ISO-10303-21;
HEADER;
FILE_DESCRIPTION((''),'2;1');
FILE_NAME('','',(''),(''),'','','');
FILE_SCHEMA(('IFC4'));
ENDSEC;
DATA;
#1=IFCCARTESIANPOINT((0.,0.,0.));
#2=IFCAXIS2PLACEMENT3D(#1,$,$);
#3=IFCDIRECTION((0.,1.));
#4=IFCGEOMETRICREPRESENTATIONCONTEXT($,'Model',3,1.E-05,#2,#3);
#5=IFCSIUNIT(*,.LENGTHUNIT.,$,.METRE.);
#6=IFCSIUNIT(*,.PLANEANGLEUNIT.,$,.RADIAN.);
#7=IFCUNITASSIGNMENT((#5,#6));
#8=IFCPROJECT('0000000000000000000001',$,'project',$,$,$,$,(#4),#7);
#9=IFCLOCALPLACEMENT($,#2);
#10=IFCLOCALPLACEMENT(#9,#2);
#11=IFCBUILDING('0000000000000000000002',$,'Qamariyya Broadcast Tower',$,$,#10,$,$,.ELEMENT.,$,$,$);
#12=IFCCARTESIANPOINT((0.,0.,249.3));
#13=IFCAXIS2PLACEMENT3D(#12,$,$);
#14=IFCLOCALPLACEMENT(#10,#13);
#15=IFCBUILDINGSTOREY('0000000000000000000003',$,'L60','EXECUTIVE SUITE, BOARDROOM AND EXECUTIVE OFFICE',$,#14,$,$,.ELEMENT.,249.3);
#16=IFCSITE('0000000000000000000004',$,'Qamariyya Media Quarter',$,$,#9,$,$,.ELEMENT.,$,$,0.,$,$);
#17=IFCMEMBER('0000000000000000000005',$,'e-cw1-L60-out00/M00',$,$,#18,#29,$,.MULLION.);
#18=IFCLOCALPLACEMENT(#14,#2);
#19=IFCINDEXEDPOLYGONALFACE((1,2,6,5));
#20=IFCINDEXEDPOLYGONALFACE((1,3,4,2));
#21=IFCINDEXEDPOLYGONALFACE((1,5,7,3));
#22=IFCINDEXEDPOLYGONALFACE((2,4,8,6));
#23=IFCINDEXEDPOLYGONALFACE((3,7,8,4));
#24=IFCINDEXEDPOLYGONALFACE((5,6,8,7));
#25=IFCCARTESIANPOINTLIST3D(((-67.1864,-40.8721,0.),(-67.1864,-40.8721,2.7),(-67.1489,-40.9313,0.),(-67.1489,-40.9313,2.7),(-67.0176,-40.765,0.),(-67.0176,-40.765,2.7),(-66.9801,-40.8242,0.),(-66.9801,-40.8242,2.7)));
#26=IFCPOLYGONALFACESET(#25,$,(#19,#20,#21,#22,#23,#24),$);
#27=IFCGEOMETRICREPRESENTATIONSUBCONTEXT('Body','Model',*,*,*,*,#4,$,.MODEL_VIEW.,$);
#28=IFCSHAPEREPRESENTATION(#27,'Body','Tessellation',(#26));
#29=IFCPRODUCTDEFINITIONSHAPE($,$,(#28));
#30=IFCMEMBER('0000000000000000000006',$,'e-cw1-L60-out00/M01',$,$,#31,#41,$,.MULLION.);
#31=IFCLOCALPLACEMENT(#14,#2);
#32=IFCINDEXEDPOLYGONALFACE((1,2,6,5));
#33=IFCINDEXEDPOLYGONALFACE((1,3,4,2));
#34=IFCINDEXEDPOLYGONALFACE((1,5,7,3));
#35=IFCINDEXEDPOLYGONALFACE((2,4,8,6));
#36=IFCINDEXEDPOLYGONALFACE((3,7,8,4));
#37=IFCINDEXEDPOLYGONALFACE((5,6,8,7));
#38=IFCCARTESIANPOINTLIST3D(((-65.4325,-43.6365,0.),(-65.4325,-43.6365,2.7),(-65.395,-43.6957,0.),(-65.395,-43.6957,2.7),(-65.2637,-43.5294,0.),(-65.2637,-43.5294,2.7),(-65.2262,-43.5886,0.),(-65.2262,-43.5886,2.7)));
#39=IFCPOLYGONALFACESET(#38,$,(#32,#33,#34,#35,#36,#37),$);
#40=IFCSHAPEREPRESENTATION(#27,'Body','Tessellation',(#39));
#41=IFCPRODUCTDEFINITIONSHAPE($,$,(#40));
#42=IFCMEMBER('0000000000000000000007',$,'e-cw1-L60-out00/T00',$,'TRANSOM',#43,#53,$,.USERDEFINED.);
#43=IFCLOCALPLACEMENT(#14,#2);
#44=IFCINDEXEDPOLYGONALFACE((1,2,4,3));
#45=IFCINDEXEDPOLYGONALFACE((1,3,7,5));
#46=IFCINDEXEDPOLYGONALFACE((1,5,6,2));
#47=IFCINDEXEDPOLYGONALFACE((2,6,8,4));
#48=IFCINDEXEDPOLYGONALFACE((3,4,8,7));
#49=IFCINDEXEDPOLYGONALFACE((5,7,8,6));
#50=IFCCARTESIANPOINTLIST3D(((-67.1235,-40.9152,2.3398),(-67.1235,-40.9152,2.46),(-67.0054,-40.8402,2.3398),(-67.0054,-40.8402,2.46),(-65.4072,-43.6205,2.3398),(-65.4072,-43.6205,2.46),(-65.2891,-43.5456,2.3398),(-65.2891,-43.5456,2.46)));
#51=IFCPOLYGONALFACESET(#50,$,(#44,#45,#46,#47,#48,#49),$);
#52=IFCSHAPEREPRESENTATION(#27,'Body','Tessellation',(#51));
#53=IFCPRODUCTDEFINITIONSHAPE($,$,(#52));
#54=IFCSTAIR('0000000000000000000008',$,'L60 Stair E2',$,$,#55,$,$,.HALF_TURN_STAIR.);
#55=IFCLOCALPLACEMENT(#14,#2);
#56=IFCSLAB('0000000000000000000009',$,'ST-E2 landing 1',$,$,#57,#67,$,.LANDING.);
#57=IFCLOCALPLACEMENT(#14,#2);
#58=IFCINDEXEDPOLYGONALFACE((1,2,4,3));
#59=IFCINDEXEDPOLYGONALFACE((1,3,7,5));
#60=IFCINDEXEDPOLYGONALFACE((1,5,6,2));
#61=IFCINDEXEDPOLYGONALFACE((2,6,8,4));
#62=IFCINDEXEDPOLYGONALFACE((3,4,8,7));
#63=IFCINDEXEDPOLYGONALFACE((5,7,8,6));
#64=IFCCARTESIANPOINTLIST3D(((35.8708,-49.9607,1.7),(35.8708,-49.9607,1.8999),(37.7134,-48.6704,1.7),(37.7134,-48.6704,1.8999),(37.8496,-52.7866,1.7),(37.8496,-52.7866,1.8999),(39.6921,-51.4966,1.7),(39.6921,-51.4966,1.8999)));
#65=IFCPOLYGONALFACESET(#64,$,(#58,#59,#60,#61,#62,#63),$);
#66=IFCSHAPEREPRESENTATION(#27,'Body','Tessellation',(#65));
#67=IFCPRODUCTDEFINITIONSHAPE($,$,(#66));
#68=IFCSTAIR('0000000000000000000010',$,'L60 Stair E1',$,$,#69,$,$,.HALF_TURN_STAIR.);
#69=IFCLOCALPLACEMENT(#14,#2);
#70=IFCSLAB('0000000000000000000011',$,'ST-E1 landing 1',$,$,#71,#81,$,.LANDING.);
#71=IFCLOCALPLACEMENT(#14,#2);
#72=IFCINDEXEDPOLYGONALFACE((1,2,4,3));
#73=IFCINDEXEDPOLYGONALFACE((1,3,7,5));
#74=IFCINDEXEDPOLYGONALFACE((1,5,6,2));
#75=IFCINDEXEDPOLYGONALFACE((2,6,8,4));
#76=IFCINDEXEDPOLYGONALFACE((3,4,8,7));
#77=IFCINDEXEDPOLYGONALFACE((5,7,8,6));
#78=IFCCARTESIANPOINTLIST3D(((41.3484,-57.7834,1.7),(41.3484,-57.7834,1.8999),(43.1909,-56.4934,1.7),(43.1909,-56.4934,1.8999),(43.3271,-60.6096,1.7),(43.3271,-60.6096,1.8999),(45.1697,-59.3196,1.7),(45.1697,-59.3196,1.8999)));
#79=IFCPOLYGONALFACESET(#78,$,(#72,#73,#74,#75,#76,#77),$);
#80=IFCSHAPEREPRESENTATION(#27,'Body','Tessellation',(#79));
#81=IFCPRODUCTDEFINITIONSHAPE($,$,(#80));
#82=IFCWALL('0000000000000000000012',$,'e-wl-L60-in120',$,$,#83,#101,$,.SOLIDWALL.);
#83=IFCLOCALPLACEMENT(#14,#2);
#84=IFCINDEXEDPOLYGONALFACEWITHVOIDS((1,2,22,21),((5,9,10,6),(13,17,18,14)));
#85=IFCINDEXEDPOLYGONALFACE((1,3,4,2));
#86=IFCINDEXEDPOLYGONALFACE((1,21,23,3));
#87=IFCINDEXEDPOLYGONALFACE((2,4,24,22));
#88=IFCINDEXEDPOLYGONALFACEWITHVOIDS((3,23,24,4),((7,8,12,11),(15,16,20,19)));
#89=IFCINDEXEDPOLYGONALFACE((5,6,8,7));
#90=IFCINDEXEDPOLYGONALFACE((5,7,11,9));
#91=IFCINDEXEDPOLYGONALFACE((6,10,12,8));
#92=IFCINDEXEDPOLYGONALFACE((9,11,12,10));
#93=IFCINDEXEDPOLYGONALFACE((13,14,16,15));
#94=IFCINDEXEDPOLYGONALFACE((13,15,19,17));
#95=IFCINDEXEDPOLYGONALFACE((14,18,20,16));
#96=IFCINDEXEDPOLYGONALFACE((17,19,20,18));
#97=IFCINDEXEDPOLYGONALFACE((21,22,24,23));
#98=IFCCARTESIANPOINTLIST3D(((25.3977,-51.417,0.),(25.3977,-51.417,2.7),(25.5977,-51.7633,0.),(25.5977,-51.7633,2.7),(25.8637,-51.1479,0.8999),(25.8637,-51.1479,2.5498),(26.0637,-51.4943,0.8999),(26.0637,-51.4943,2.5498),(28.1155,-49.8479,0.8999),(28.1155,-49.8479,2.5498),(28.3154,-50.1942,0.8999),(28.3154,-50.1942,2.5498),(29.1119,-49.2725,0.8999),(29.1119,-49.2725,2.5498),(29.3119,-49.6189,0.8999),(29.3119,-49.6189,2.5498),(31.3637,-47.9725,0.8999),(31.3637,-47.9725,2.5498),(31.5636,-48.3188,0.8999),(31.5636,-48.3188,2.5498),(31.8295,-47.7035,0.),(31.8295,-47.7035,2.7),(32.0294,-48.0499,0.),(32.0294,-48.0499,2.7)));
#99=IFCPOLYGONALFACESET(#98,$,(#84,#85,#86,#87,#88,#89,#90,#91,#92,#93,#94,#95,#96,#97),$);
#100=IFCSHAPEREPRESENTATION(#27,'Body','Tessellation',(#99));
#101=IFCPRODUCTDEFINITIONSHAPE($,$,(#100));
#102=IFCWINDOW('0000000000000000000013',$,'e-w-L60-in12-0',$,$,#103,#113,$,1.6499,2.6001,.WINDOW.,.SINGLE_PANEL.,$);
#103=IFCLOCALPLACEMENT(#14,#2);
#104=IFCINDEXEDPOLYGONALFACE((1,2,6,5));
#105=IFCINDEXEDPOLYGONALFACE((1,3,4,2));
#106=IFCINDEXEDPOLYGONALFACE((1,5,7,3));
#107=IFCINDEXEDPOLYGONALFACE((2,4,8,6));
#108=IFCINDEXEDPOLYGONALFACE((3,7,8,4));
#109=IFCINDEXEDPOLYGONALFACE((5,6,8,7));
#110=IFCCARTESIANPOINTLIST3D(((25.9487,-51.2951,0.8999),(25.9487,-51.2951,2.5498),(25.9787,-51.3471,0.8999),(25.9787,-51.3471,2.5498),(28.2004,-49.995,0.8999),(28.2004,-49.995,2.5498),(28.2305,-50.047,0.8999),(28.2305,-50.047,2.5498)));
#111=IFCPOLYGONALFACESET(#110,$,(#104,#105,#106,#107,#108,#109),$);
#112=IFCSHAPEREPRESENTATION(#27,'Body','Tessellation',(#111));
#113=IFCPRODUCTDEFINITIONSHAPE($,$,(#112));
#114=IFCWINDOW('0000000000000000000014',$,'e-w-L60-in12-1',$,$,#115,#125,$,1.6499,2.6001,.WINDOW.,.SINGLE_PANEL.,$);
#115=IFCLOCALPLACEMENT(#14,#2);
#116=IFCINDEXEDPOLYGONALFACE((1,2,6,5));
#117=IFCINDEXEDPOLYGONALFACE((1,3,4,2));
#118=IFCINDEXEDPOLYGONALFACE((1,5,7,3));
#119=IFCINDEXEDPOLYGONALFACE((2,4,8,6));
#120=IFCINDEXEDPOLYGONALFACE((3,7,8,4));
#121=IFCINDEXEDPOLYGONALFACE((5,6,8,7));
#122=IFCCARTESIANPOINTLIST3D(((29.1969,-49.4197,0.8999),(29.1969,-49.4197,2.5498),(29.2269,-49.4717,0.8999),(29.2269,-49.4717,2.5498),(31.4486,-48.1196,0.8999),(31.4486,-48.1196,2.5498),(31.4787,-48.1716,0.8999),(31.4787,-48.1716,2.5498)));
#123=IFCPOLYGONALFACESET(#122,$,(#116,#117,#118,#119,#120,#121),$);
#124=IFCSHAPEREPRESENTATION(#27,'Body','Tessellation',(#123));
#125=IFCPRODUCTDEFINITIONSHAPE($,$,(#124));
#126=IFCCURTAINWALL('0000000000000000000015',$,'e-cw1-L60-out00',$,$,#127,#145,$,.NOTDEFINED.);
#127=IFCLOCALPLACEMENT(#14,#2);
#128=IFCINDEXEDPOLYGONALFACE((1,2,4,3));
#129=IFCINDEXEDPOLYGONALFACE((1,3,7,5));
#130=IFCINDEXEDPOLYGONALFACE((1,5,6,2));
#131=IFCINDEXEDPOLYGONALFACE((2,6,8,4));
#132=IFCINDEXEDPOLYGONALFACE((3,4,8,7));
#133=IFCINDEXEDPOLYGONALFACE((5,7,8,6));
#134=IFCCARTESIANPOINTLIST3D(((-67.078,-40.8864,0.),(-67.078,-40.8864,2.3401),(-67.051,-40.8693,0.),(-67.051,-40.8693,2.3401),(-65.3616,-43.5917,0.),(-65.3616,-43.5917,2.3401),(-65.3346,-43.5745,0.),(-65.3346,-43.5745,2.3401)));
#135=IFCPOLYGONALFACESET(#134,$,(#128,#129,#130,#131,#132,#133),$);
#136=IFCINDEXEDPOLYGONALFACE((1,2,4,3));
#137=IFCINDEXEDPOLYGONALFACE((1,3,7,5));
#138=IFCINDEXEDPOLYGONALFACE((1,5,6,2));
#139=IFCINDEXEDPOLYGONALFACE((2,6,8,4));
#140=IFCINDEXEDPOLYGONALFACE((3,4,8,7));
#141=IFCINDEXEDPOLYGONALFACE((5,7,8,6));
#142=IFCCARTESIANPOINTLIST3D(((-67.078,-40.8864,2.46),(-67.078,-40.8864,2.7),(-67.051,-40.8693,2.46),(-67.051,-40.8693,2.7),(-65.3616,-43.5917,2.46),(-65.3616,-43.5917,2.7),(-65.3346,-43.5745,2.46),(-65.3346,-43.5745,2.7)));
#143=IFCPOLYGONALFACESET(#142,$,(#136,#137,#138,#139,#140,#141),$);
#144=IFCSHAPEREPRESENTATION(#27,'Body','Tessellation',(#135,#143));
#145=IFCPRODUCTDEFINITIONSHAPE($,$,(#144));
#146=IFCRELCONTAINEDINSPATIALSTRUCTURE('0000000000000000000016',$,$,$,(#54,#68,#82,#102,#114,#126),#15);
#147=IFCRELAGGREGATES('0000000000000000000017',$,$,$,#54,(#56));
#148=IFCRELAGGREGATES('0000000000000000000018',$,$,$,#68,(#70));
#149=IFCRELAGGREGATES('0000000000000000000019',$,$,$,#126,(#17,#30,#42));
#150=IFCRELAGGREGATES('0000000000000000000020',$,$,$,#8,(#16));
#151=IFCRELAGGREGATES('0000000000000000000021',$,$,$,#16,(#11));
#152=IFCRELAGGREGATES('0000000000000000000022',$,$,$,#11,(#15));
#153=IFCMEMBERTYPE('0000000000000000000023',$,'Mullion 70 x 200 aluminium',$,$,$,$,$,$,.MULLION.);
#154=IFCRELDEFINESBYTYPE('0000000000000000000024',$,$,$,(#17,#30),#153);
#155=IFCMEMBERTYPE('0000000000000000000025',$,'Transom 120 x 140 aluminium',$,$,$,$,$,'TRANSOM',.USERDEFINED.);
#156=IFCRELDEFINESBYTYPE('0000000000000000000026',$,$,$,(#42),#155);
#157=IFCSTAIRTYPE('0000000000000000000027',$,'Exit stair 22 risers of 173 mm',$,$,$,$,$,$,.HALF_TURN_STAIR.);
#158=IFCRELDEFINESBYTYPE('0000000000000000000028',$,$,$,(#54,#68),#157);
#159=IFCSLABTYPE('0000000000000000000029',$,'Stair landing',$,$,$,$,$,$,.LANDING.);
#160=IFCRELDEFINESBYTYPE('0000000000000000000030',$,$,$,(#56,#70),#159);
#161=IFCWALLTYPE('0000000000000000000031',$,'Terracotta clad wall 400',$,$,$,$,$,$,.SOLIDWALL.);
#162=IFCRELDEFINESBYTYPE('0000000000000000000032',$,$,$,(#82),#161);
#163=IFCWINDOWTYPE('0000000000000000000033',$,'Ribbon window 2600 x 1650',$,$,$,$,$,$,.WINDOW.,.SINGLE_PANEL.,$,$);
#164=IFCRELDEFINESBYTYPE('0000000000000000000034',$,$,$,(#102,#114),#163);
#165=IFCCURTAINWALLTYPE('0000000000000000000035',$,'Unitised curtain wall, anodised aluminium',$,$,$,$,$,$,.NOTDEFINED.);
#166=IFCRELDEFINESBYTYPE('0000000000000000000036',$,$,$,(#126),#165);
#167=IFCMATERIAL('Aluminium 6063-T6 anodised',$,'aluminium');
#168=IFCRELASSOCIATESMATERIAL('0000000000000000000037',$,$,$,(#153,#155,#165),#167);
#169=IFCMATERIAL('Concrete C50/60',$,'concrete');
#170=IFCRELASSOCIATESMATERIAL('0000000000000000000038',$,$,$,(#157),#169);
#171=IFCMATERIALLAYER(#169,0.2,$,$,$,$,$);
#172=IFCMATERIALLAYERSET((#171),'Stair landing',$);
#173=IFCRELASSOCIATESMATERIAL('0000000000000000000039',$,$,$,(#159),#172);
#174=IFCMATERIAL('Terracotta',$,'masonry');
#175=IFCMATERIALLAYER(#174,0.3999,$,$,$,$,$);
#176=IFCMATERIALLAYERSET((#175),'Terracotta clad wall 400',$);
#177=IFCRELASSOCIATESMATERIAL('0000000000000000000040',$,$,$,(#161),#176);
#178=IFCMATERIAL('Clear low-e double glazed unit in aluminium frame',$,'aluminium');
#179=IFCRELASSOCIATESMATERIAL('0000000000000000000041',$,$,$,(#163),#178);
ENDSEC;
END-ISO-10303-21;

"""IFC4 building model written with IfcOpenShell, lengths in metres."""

from ifc_helpers import new_model, si_unit, direction, frame, frame_2d, origin, origin_2d, place, context, subcontext, project, spatial, polyline, rectangle, outline, extrude, material, layer, layer_set, material_profile, profile_set, type_object, element, fill, aggregate, save


model = new_model("IFC4")

# Units and contexts
model_context = context("Model", 3, precision=1e-05, world=origin(), true_north=direction((0.0, 1.0)))
body_context = subcontext(model_context, "Body", "Model", "MODEL_VIEW")
ifc_project = project(units=[si_unit("LENGTHUNIT", "METRE"), si_unit("PLANEANGLEUNIT", "RADIAN")], contexts=[model_context])

# Members
ifc_material_1 = material(Name="Aluminium 6063-T6 anodised", Category="aluminium")
ifc_material_profile_1 = material_profile(ifc_material_1, rectangle(XDim=0.2, YDim=0.0701, at=origin_2d()))
ifc_profile_set_1 = profile_set([ifc_material_profile_1], Name="Aluminium 6063-T6 anodised")
member_type_1 = type_object("IfcMemberType", Name="Mullion 70 x 200 aluminium", PredefinedType="MULLION", material=ifc_profile_set_1)
site_placement = place(None, origin())
building_placement = place(site_placement, origin())
storey_placement = place(building_placement, frame((0.0, 0.0, 249.3)))
member_1_placement = place(storey_placement, frame((-67.0833, -40.8481, 0.0), z_axis=(0.0, 0.0, 1.0), x_axis=(0.844406, 0.535704, 0.0)))
member_1 = element("IfcMember", 1, at=member_1_placement, type_object=member_type_1, Name="e-cw1-L60-out00/M00", PredefinedType="MULLION", context=body_context, shape_type="SweptSolid", body=[
    extrude(rectangle(XDim=0.2, YDim=0.0701, at=origin_2d()), origin(), (0.0, 0.0, 1.0), 2.7),
])
member_2_placement = place(storey_placement, frame((-65.3293, -43.6125, 0.0), z_axis=(0.0, 0.0, 1.0), x_axis=(0.844406, 0.535704, 0.0)))
member_2 = element("IfcMember", 2, at=member_2_placement, type_object=member_type_1, Name="e-cw1-L60-out00/M01", PredefinedType="MULLION", context=body_context, shape_type="SweptSolid", body=[
    extrude(rectangle(XDim=0.2, YDim=0.0701, at=origin_2d()), origin(), (0.0, 0.0, 1.0), 2.7),
])
ifc_material_profile_2 = material_profile(ifc_material_1, rectangle(XDim=0.1399, YDim=0.1201, at=origin_2d()))
ifc_profile_set_2 = profile_set([ifc_material_profile_2], Name="Aluminium 6063-T6 anodised")
member_type_2 = type_object("IfcMemberType", Name="Transom 120 x 140 aluminium", ElementType="TRANSOM", PredefinedType="USERDEFINED", material=ifc_profile_set_2)
member_3_placement = place(storey_placement, frame((-67.0645, -40.8777, 2.3999), z_axis=(0.535706, -0.844404, 0.0), x_axis=(0.844404, 0.535706, 0.0)))
member_3 = element("IfcMember", 3, at=member_3_placement, type_object=member_type_2, Name="e-cw1-L60-out00/T00", ObjectType="TRANSOM", PredefinedType="USERDEFINED", context=body_context, shape_type="SweptSolid", body=[
    extrude(rectangle(XDim=0.1399, YDim=0.1201, at=origin_2d()), origin(), (0.0, 0.0, 1.0), 3.2039),
])

# Site, building, storey
site = spatial("IfcSite", under=ifc_project, at=site_placement, Name="Qamariyya Media Quarter", CompositionType="ELEMENT", RefElevation=0.0)
building = spatial("IfcBuilding", under=site, at=building_placement, Name="Qamariyya Broadcast Tower", CompositionType="ELEMENT")
storey = spatial("IfcBuildingStorey", under=building, at=storey_placement, Name="L60", Description="EXECUTIVE SUITE, BOARDROOM AND EXECUTIVE OFFICE", CompositionType="ELEMENT", Elevation=249.3)

# Stairs, slabs
ifc_material_2 = material(Name="Concrete C50/60", Category="concrete")
stair_type = type_object("IfcStairType", Name="Exit stair 22 risers of 173 mm", PredefinedType="HALF_TURN_STAIR", material=ifc_material_2)
stair_1_placement = place(storey_placement, origin())
stair_1 = element("IfcStair", 4, at=stair_1_placement, inside=storey, type_object=stair_type, Name="L60 Stair E2", PredefinedType="HALF_TURN_STAIR")
ifc_layer_1 = layer(ifc_material_2, 0.2)
ifc_layer_set_1 = layer_set([ifc_layer_1], Name="Stair landing")
slab_type = type_object("IfcSlabType", Name="Stair landing", PredefinedType="LANDING", material=ifc_layer_set_1)
slab_1_placement = place(storey_placement, frame((0.0, 0.0, 1.7)))
slab_1 = element("IfcSlab", 5, at=slab_1_placement, type_object=slab_type, Name="ST-E2 landing 1", PredefinedType="LANDING", context=body_context, shape_type="SweptSolid", body=[
    extrude(outline(polyline([(37.7134, -48.6704), (35.8708, -49.9607), (37.8496, -52.7866), (39.6921, -51.4966), (37.7134, -48.6704)])), origin(), (0.0, 0.0, 1.0), 0.2),
])
aggregate(stair_1, [slab_1])
stair_2_placement = place(storey_placement, origin())
stair_2 = element("IfcStair", 6, at=stair_2_placement, inside=storey, type_object=stair_type, Name="L60 Stair E1", PredefinedType="HALF_TURN_STAIR")
slab_2_placement = place(storey_placement, frame((0.0, 0.0, 1.7)))
slab_2 = element("IfcSlab", 7, at=slab_2_placement, type_object=slab_type, Name="ST-E1 landing 1", PredefinedType="LANDING", context=body_context, shape_type="SweptSolid", body=[
    extrude(outline(polyline([(43.1909, -56.4934), (41.3484, -57.7834), (43.3271, -60.6096), (45.1697, -59.3196), (43.1909, -56.4934)])), origin(), (0.0, 0.0, 1.0), 0.2),
])
aggregate(stair_2, [slab_2])

# Wall, openings, windows
ifc_material_3 = material(Name="Terracotta", Category="masonry")
ifc_layer_2 = layer(ifc_material_3, 0.3999)
ifc_layer_set_2 = layer_set([ifc_layer_2], Name="Terracotta clad wall 400")
wall_type = type_object("IfcWallType", Name="Terracotta clad wall 400", PredefinedType="SOLIDWALL", material=ifc_layer_set_2)
wall_placement = place(storey_placement, frame((31.9294, -47.8767, 0.0), z_axis=(0.0, 0.0, 1.0), x_axis=(-0.866021, -0.500007, 0.0)))
wall = element("IfcWall", 8, at=wall_placement, inside=storey, type_object=wall_type, Name="e-wl-L60-in120", PredefinedType="SOLIDWALL", context=body_context, shape_type="SweptSolid", body=[
    extrude(rectangle(XDim=7.4268, YDim=0.3999, at=frame_2d((3.7134, 0.0))), origin(), (0.0, 0.0, 1.0), 2.7),
])
opening_1_placement = place(wall_placement, frame((4.2886, 0.0, 0.8999)))
opening_1 = element("IfcOpeningElement", 9, at=opening_1_placement, cuts=wall, PredefinedType="OPENING", context=body_context, shape_type="SweptSolid", body=[
    extrude(rectangle(XDim=2.6001, YDim=1.6499, at=frame_2d((1.3, 0.825))), frame((0.0, 0.21, 0.0), z_axis=(0.0, -1.0, 0.0), x_axis=(1.0, 0.0, 0.0)), (0.0, 0.0, 1.0), 0.4199),
])
opening_2_placement = place(wall_placement, frame((0.5378, 0.0, 0.8999)))
opening_2 = element("IfcOpeningElement", 10, at=opening_2_placement, cuts=wall, PredefinedType="OPENING", context=body_context, shape_type="SweptSolid", body=[
    extrude(rectangle(XDim=2.6001, YDim=1.6499, at=frame_2d((1.3, 0.825))), frame((0.0, 0.21, 0.0), z_axis=(0.0, -1.0, 0.0), x_axis=(1.0, 0.0, 0.0)), (0.0, 0.0, 1.0), 0.4199),
])
ifc_material_4 = material(Name="Clear low-e double glazed unit in aluminium frame", Category="aluminium")
window_type = type_object("IfcWindowType", Name="Ribbon window 2600 x 1650", PartitioningType="SINGLE_PANEL", PredefinedType="WINDOW", material=ifc_material_4)
window_1_placement = place(opening_1_placement, origin())
window_1 = element("IfcWindow", 11, at=window_1_placement, inside=storey, type_object=window_type, Name="e-w-L60-in12-0", OverallHeight=1.6499, OverallWidth=2.6001, PartitioningType="SINGLE_PANEL", PredefinedType="WINDOW", context=body_context, shape_type="SweptSolid", body=[
    extrude(rectangle(XDim=2.6001, YDim=1.6499, at=frame_2d((1.3, 0.825))), frame((0.0, 0.03, 0.0), z_axis=(0.0, -1.0, 0.0), x_axis=(1.0, 0.0, 0.0)), (0.0, 0.0, 1.0), 0.0601),
])
fill(opening_1, window_1)
window_2_placement = place(opening_2_placement, origin())
window_2 = element("IfcWindow", 12, at=window_2_placement, inside=storey, type_object=window_type, Name="e-w-L60-in12-1", OverallHeight=1.6499, OverallWidth=2.6001, PartitioningType="SINGLE_PANEL", PredefinedType="WINDOW", context=body_context, shape_type="SweptSolid", body=[
    extrude(rectangle(XDim=2.6001, YDim=1.6499, at=frame_2d((1.3, 0.825))), frame((0.0, 0.03, 0.0), z_axis=(0.0, -1.0, 0.0), x_axis=(1.0, 0.0, 0.0)), (0.0, 0.0, 1.0), 0.0601),
])
fill(opening_2, window_2)

# Curtain wall
curtain_wall_type = type_object("IfcCurtainWallType", Name="Unitised curtain wall, anodised aluminium", PredefinedType="NOTDEFINED", material=ifc_material_1)
curtain_wall_placement = place(storey_placement, origin())
curtain_wall = element("IfcCurtainWall", 13, at=curtain_wall_placement, inside=storey, type_object=curtain_wall_type, Name="e-cw1-L60-out00", PredefinedType="NOTDEFINED", context=body_context, shape_type="SweptSolid", body=[
    extrude(rectangle(XDim=3.2039, YDim=0.032, at=origin_2d()), frame((-66.2063, -42.2305, 0.0), x_axis=(0.535755, -0.844373, 0.0)), (0.0, 0.0, 1.0), 2.3401),
    extrude(rectangle(XDim=3.2039, YDim=0.032, at=origin_2d()), frame((-66.2063, -42.2305, 2.46), x_axis=(0.535755, -0.844373, 0.0)), (0.0, 0.0, 1.0), 0.24),
])
aggregate(curtain_wall, [member_1, member_2, member_3])

save(model, "model.ifc")
